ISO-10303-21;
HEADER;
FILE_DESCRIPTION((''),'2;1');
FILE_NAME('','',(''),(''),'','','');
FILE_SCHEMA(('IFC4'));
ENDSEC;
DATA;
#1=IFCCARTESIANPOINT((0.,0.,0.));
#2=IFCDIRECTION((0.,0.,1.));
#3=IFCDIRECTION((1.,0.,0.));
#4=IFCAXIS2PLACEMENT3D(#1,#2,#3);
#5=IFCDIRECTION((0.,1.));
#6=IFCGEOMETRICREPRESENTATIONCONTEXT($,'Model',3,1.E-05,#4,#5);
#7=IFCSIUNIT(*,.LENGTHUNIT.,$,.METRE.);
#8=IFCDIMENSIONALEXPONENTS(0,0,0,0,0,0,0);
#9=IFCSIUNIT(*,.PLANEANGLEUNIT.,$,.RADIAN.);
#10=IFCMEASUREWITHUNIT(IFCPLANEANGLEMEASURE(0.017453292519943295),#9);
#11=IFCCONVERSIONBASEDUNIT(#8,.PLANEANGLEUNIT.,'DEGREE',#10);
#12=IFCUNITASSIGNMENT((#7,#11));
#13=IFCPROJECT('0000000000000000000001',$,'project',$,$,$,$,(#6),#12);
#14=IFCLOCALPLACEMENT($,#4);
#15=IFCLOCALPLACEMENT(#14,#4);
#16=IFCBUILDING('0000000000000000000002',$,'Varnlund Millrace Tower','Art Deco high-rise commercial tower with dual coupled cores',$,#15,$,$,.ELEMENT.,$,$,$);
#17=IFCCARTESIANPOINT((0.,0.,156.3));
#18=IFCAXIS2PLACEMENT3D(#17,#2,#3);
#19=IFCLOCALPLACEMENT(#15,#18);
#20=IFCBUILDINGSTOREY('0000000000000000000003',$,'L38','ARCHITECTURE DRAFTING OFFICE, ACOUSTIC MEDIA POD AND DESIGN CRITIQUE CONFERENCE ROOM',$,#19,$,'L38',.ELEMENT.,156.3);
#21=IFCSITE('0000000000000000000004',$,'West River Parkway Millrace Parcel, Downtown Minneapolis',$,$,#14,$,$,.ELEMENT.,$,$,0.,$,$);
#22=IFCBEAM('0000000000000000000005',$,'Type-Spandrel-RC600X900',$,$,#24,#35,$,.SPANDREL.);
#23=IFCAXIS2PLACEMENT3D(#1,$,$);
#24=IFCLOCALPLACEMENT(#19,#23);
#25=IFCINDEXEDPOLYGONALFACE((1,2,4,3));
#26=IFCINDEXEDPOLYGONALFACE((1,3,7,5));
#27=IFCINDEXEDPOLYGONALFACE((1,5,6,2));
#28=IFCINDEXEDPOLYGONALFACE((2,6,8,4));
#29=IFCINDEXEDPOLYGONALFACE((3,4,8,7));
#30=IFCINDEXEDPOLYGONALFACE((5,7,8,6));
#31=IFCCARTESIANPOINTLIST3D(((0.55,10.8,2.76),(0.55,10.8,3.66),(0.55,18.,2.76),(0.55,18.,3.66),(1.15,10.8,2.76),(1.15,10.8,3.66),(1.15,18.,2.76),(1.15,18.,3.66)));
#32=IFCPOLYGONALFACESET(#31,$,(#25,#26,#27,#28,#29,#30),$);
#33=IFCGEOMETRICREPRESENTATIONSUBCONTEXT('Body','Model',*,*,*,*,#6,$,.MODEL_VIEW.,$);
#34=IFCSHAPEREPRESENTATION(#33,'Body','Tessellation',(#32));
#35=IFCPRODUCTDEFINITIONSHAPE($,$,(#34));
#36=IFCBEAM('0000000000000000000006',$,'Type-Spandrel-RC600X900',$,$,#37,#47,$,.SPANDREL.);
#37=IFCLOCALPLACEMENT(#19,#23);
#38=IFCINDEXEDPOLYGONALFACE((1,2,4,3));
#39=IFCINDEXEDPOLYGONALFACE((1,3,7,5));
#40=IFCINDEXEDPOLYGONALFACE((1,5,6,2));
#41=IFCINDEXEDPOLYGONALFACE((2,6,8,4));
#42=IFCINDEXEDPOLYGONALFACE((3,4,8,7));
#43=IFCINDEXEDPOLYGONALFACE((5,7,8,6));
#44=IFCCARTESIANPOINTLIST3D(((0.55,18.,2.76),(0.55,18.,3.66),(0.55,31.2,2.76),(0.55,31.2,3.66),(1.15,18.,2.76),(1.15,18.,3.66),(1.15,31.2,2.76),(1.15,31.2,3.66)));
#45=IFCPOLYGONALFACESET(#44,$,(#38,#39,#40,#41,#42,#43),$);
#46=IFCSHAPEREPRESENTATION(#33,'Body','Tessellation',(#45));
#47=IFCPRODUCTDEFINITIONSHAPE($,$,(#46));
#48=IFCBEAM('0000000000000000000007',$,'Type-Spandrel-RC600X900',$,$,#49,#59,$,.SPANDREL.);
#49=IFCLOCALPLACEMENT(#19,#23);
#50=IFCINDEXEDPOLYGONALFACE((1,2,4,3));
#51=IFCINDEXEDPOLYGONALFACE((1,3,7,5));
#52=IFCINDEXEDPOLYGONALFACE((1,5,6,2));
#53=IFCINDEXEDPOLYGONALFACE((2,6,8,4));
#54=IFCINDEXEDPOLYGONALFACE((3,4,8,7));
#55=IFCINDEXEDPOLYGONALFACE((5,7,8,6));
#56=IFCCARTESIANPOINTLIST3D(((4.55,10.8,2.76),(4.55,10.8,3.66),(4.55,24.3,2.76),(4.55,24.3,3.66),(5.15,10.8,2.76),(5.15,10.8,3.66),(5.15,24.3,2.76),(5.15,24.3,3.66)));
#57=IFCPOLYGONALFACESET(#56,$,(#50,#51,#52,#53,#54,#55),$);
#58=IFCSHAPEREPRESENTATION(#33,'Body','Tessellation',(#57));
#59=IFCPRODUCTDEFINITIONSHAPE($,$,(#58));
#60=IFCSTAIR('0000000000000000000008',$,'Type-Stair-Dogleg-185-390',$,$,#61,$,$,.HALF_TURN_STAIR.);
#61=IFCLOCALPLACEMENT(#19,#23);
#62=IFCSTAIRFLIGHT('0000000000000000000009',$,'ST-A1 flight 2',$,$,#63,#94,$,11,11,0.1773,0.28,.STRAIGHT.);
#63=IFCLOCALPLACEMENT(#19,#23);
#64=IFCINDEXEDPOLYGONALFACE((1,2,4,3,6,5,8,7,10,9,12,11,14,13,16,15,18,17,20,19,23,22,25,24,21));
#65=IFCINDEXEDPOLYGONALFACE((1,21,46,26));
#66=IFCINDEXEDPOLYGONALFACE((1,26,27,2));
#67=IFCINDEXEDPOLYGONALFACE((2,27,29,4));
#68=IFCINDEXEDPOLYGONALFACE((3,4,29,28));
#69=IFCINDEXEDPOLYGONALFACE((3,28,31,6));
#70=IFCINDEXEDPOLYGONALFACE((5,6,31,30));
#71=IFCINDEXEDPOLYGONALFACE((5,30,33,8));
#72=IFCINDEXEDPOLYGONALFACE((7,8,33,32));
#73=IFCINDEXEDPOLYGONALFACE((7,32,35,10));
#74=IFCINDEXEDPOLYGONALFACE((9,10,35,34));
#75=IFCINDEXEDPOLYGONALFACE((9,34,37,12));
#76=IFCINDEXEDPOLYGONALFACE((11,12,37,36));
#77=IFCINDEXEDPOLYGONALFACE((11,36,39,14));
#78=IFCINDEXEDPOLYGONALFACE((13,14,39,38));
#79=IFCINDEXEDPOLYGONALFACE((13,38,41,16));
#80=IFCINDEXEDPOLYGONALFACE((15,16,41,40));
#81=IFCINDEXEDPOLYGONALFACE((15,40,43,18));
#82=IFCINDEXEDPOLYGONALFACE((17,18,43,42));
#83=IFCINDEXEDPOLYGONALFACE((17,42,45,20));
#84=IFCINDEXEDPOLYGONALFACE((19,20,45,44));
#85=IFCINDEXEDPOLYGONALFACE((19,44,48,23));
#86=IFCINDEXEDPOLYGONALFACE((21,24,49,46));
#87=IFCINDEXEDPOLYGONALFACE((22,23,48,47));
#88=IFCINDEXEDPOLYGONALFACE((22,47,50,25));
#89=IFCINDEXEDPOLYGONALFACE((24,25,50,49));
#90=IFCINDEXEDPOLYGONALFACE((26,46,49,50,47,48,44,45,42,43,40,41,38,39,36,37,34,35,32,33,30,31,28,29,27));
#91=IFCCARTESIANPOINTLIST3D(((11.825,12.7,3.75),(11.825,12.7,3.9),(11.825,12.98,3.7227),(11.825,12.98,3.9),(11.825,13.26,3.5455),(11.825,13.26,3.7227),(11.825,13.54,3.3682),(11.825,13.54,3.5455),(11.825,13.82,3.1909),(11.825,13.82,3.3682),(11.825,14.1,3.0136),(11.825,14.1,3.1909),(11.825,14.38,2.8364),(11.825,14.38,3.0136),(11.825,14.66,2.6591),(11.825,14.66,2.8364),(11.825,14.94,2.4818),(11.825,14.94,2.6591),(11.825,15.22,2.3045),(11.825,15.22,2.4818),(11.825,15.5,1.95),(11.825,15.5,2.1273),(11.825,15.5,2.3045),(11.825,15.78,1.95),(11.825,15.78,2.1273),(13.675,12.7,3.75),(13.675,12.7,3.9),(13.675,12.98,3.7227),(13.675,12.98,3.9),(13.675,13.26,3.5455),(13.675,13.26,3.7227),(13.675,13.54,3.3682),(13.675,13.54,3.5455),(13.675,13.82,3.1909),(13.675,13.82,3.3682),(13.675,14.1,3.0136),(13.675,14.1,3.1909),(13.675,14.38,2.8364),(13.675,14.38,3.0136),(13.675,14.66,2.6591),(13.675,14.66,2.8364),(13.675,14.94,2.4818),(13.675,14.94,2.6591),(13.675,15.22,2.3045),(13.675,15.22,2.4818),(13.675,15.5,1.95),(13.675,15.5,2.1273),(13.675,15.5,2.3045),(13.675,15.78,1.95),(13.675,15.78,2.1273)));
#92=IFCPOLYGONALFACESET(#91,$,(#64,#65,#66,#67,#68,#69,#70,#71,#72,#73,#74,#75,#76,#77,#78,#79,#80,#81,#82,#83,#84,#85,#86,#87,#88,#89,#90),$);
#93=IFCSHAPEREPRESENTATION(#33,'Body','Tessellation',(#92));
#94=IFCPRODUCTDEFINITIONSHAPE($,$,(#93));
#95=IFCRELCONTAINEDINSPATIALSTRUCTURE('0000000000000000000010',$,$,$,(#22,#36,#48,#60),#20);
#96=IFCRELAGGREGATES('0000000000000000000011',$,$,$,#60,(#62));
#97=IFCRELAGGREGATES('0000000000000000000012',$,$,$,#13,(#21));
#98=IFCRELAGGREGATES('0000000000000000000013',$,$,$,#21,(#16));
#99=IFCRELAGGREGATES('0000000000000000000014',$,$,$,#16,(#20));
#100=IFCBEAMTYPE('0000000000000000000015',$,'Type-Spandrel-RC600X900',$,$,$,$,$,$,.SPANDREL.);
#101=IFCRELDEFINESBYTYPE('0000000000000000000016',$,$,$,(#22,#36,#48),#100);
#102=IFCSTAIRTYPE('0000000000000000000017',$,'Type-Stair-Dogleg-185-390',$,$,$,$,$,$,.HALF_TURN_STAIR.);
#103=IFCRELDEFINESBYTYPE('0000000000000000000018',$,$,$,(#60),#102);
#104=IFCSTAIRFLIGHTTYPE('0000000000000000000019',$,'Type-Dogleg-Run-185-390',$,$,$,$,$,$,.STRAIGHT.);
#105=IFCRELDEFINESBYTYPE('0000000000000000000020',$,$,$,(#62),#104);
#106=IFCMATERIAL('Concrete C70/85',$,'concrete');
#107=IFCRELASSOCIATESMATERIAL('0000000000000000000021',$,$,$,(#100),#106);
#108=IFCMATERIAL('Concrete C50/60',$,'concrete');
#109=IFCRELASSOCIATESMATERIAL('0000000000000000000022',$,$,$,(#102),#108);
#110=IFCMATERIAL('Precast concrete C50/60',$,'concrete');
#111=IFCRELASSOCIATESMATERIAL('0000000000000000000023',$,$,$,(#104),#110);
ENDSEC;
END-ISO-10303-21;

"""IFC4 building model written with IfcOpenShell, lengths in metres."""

from ifc_helpers import new_model, entity, si_unit, converted_unit, direction, frame, origin_with_axes, origin_2d_with_axis, place, context, subcontext, project, spatial, polyline, rectangle, outline, extrude, material, material_profile, profile_set, type_object, element, aggregate, save


model = new_model("IFC4")

# Units and contexts
model_context = context("Model", 3, precision=1e-05, world=origin_with_axes(), true_north=direction((0.0, 1.0)))
body_context = subcontext(model_context, "Body", "Model", "MODEL_VIEW")
ifc_project = project(units=[si_unit("LENGTHUNIT", "METRE"), converted_unit("PLANEANGLEUNIT", "DEGREE", entity("IfcPlaneAngleMeasure", 0.017453292519943295), si_unit("PLANEANGLEUNIT", "RADIAN"), dimensions=[0, 0, 0, 0, 0, 0, 0])], contexts=[model_context])

# Site, building, storey
site_placement = place(None, origin_with_axes())
site = spatial("IfcSite", under=ifc_project, at=site_placement, Name="West River Parkway Millrace Parcel, Downtown Minneapolis", CompositionType="ELEMENT", RefElevation=0.0)
building_placement = place(site_placement, origin_with_axes())
building = spatial("IfcBuilding", under=site, at=building_placement, Name="Varnlund Millrace Tower", Description="Art Deco high-rise commercial tower with dual coupled cores", CompositionType="ELEMENT")
storey_placement = place(building_placement, frame((0.0, 0.0, 156.3), z_axis=(0.0, 0.0, 1.0), x_axis=(1.0, 0.0, 0.0)))
storey = spatial("IfcBuildingStorey", under=building, at=storey_placement, Name="L38", Description="ARCHITECTURE DRAFTING OFFICE, ACOUSTIC MEDIA POD AND DESIGN CRITIQUE CONFERENCE ROOM", LongName="L38", CompositionType="ELEMENT", Elevation=156.3)

# Beams
ifc_material_1 = material(Name="Concrete C70/85", Category="concrete")
ifc_material_profile_1 = material_profile(ifc_material_1, rectangle(XDim=0.6, YDim=0.9, at=origin_2d_with_axis()), Name="Concrete C70/85")
ifc_profile_set_1 = profile_set([ifc_material_profile_1], Name="Concrete C70/85")
beam_type_1 = type_object("IfcBeamType", Name="Type-Spandrel-RC600X900", PredefinedType="SPANDREL", material=ifc_profile_set_1)
beam_1_placement = place(storey_placement, frame((0.85, 10.8, 3.21), z_axis=(0.0, 1.0, 0.0), x_axis=(-1.0, 0.0, 0.0)))
element("IfcBeam", 1, at=beam_1_placement, inside=storey, type_object=beam_type_1, Name="Type-Spandrel-RC600X900", PredefinedType="SPANDREL", context=body_context, shape_type="SweptSolid", body=[
    extrude(rectangle(XDim=0.6, YDim=0.9, at=origin_2d_with_axis()), origin_with_axes(), (0.0, 0.0, 1.0), 7.2),
])
beam_2_placement = place(storey_placement, frame((0.85, 18.0, 3.21), z_axis=(0.0, 1.0, 0.0), x_axis=(-1.0, 0.0, 0.0)))
element("IfcBeam", 2, at=beam_2_placement, inside=storey, type_object=beam_type_1, Name="Type-Spandrel-RC600X900", PredefinedType="SPANDREL", context=body_context, shape_type="SweptSolid", body=[
    extrude(rectangle(XDim=0.6, YDim=0.9, at=origin_2d_with_axis()), origin_with_axes(), (0.0, 0.0, 1.0), 13.2),
])
beam_3_placement = place(storey_placement, frame((4.85, 10.8, 3.21), z_axis=(0.0, 1.0, 0.0), x_axis=(-1.0, 0.0, 0.0)))
element("IfcBeam", 3, at=beam_3_placement, inside=storey, type_object=beam_type_1, Name="Type-Spandrel-RC600X900", PredefinedType="SPANDREL", context=body_context, shape_type="SweptSolid", body=[
    extrude(rectangle(XDim=0.6, YDim=0.9, at=origin_2d_with_axis()), origin_with_axes(), (0.0, 0.0, 1.0), 13.5),
])

# Stair, stair flight
ifc_material_2 = material(Name="Concrete C50/60", Category="concrete")
stair_type = type_object("IfcStairType", Name="Type-Stair-Dogleg-185-390", PredefinedType="HALF_TURN_STAIR", material=ifc_material_2)
stair_placement = place(storey_placement, origin_with_axes())
stair = element("IfcStair", 4, at=stair_placement, inside=storey, type_object=stair_type, Name="Type-Stair-Dogleg-185-390", PredefinedType="HALF_TURN_STAIR")
ifc_material_3 = material(Name="Precast concrete C50/60", Category="concrete")
stair_flight_type = type_object("IfcStairFlightType", Name="Type-Dogleg-Run-185-390", PredefinedType="STRAIGHT", material=ifc_material_3)
stair_flight_placement = place(storey_placement, frame((13.675, 15.78, 1.95), z_axis=(-1.0, 0.0, 0.0), x_axis=(0.0, -1.0, 0.0)))
stair_flight = element("IfcStairFlight", 5, at=stair_flight_placement, type_object=stair_flight_type, Name="ST-A1 flight 2", NumberOfRisers=11, NumberOfTreads=11, PredefinedType="STRAIGHT", RiserHeight=0.1773, TreadLength=0.28, context=body_context, shape_type="SweptSolid", body=[
    extrude(outline(polyline([(0.0, 0.0), (0.0, 0.1773), (0.28, 0.1773), (0.28, 0.3545), (0.56, 0.3545), (0.56, 0.5318), (0.84, 0.5318), (0.84, 0.7091), (1.12, 0.7091), (1.12, 0.8864), (1.4, 0.8864), (1.4, 1.0636), (1.68, 1.0636), (1.68, 1.2409), (1.96, 1.2409), (1.96, 1.4182), (2.24, 1.4182), (2.24, 1.5955), (2.52, 1.5955), (2.52, 1.7727), (2.8, 1.7727), (2.8, 1.95), (3.08, 1.95), (3.08, 1.8), (0.28, 0.0), (0.0, 0.0)])), origin_with_axes(), (0.0, 0.0, 1.0), 1.85),
])
aggregate(stair, [stair_flight])

save(model, "model.ifc")
